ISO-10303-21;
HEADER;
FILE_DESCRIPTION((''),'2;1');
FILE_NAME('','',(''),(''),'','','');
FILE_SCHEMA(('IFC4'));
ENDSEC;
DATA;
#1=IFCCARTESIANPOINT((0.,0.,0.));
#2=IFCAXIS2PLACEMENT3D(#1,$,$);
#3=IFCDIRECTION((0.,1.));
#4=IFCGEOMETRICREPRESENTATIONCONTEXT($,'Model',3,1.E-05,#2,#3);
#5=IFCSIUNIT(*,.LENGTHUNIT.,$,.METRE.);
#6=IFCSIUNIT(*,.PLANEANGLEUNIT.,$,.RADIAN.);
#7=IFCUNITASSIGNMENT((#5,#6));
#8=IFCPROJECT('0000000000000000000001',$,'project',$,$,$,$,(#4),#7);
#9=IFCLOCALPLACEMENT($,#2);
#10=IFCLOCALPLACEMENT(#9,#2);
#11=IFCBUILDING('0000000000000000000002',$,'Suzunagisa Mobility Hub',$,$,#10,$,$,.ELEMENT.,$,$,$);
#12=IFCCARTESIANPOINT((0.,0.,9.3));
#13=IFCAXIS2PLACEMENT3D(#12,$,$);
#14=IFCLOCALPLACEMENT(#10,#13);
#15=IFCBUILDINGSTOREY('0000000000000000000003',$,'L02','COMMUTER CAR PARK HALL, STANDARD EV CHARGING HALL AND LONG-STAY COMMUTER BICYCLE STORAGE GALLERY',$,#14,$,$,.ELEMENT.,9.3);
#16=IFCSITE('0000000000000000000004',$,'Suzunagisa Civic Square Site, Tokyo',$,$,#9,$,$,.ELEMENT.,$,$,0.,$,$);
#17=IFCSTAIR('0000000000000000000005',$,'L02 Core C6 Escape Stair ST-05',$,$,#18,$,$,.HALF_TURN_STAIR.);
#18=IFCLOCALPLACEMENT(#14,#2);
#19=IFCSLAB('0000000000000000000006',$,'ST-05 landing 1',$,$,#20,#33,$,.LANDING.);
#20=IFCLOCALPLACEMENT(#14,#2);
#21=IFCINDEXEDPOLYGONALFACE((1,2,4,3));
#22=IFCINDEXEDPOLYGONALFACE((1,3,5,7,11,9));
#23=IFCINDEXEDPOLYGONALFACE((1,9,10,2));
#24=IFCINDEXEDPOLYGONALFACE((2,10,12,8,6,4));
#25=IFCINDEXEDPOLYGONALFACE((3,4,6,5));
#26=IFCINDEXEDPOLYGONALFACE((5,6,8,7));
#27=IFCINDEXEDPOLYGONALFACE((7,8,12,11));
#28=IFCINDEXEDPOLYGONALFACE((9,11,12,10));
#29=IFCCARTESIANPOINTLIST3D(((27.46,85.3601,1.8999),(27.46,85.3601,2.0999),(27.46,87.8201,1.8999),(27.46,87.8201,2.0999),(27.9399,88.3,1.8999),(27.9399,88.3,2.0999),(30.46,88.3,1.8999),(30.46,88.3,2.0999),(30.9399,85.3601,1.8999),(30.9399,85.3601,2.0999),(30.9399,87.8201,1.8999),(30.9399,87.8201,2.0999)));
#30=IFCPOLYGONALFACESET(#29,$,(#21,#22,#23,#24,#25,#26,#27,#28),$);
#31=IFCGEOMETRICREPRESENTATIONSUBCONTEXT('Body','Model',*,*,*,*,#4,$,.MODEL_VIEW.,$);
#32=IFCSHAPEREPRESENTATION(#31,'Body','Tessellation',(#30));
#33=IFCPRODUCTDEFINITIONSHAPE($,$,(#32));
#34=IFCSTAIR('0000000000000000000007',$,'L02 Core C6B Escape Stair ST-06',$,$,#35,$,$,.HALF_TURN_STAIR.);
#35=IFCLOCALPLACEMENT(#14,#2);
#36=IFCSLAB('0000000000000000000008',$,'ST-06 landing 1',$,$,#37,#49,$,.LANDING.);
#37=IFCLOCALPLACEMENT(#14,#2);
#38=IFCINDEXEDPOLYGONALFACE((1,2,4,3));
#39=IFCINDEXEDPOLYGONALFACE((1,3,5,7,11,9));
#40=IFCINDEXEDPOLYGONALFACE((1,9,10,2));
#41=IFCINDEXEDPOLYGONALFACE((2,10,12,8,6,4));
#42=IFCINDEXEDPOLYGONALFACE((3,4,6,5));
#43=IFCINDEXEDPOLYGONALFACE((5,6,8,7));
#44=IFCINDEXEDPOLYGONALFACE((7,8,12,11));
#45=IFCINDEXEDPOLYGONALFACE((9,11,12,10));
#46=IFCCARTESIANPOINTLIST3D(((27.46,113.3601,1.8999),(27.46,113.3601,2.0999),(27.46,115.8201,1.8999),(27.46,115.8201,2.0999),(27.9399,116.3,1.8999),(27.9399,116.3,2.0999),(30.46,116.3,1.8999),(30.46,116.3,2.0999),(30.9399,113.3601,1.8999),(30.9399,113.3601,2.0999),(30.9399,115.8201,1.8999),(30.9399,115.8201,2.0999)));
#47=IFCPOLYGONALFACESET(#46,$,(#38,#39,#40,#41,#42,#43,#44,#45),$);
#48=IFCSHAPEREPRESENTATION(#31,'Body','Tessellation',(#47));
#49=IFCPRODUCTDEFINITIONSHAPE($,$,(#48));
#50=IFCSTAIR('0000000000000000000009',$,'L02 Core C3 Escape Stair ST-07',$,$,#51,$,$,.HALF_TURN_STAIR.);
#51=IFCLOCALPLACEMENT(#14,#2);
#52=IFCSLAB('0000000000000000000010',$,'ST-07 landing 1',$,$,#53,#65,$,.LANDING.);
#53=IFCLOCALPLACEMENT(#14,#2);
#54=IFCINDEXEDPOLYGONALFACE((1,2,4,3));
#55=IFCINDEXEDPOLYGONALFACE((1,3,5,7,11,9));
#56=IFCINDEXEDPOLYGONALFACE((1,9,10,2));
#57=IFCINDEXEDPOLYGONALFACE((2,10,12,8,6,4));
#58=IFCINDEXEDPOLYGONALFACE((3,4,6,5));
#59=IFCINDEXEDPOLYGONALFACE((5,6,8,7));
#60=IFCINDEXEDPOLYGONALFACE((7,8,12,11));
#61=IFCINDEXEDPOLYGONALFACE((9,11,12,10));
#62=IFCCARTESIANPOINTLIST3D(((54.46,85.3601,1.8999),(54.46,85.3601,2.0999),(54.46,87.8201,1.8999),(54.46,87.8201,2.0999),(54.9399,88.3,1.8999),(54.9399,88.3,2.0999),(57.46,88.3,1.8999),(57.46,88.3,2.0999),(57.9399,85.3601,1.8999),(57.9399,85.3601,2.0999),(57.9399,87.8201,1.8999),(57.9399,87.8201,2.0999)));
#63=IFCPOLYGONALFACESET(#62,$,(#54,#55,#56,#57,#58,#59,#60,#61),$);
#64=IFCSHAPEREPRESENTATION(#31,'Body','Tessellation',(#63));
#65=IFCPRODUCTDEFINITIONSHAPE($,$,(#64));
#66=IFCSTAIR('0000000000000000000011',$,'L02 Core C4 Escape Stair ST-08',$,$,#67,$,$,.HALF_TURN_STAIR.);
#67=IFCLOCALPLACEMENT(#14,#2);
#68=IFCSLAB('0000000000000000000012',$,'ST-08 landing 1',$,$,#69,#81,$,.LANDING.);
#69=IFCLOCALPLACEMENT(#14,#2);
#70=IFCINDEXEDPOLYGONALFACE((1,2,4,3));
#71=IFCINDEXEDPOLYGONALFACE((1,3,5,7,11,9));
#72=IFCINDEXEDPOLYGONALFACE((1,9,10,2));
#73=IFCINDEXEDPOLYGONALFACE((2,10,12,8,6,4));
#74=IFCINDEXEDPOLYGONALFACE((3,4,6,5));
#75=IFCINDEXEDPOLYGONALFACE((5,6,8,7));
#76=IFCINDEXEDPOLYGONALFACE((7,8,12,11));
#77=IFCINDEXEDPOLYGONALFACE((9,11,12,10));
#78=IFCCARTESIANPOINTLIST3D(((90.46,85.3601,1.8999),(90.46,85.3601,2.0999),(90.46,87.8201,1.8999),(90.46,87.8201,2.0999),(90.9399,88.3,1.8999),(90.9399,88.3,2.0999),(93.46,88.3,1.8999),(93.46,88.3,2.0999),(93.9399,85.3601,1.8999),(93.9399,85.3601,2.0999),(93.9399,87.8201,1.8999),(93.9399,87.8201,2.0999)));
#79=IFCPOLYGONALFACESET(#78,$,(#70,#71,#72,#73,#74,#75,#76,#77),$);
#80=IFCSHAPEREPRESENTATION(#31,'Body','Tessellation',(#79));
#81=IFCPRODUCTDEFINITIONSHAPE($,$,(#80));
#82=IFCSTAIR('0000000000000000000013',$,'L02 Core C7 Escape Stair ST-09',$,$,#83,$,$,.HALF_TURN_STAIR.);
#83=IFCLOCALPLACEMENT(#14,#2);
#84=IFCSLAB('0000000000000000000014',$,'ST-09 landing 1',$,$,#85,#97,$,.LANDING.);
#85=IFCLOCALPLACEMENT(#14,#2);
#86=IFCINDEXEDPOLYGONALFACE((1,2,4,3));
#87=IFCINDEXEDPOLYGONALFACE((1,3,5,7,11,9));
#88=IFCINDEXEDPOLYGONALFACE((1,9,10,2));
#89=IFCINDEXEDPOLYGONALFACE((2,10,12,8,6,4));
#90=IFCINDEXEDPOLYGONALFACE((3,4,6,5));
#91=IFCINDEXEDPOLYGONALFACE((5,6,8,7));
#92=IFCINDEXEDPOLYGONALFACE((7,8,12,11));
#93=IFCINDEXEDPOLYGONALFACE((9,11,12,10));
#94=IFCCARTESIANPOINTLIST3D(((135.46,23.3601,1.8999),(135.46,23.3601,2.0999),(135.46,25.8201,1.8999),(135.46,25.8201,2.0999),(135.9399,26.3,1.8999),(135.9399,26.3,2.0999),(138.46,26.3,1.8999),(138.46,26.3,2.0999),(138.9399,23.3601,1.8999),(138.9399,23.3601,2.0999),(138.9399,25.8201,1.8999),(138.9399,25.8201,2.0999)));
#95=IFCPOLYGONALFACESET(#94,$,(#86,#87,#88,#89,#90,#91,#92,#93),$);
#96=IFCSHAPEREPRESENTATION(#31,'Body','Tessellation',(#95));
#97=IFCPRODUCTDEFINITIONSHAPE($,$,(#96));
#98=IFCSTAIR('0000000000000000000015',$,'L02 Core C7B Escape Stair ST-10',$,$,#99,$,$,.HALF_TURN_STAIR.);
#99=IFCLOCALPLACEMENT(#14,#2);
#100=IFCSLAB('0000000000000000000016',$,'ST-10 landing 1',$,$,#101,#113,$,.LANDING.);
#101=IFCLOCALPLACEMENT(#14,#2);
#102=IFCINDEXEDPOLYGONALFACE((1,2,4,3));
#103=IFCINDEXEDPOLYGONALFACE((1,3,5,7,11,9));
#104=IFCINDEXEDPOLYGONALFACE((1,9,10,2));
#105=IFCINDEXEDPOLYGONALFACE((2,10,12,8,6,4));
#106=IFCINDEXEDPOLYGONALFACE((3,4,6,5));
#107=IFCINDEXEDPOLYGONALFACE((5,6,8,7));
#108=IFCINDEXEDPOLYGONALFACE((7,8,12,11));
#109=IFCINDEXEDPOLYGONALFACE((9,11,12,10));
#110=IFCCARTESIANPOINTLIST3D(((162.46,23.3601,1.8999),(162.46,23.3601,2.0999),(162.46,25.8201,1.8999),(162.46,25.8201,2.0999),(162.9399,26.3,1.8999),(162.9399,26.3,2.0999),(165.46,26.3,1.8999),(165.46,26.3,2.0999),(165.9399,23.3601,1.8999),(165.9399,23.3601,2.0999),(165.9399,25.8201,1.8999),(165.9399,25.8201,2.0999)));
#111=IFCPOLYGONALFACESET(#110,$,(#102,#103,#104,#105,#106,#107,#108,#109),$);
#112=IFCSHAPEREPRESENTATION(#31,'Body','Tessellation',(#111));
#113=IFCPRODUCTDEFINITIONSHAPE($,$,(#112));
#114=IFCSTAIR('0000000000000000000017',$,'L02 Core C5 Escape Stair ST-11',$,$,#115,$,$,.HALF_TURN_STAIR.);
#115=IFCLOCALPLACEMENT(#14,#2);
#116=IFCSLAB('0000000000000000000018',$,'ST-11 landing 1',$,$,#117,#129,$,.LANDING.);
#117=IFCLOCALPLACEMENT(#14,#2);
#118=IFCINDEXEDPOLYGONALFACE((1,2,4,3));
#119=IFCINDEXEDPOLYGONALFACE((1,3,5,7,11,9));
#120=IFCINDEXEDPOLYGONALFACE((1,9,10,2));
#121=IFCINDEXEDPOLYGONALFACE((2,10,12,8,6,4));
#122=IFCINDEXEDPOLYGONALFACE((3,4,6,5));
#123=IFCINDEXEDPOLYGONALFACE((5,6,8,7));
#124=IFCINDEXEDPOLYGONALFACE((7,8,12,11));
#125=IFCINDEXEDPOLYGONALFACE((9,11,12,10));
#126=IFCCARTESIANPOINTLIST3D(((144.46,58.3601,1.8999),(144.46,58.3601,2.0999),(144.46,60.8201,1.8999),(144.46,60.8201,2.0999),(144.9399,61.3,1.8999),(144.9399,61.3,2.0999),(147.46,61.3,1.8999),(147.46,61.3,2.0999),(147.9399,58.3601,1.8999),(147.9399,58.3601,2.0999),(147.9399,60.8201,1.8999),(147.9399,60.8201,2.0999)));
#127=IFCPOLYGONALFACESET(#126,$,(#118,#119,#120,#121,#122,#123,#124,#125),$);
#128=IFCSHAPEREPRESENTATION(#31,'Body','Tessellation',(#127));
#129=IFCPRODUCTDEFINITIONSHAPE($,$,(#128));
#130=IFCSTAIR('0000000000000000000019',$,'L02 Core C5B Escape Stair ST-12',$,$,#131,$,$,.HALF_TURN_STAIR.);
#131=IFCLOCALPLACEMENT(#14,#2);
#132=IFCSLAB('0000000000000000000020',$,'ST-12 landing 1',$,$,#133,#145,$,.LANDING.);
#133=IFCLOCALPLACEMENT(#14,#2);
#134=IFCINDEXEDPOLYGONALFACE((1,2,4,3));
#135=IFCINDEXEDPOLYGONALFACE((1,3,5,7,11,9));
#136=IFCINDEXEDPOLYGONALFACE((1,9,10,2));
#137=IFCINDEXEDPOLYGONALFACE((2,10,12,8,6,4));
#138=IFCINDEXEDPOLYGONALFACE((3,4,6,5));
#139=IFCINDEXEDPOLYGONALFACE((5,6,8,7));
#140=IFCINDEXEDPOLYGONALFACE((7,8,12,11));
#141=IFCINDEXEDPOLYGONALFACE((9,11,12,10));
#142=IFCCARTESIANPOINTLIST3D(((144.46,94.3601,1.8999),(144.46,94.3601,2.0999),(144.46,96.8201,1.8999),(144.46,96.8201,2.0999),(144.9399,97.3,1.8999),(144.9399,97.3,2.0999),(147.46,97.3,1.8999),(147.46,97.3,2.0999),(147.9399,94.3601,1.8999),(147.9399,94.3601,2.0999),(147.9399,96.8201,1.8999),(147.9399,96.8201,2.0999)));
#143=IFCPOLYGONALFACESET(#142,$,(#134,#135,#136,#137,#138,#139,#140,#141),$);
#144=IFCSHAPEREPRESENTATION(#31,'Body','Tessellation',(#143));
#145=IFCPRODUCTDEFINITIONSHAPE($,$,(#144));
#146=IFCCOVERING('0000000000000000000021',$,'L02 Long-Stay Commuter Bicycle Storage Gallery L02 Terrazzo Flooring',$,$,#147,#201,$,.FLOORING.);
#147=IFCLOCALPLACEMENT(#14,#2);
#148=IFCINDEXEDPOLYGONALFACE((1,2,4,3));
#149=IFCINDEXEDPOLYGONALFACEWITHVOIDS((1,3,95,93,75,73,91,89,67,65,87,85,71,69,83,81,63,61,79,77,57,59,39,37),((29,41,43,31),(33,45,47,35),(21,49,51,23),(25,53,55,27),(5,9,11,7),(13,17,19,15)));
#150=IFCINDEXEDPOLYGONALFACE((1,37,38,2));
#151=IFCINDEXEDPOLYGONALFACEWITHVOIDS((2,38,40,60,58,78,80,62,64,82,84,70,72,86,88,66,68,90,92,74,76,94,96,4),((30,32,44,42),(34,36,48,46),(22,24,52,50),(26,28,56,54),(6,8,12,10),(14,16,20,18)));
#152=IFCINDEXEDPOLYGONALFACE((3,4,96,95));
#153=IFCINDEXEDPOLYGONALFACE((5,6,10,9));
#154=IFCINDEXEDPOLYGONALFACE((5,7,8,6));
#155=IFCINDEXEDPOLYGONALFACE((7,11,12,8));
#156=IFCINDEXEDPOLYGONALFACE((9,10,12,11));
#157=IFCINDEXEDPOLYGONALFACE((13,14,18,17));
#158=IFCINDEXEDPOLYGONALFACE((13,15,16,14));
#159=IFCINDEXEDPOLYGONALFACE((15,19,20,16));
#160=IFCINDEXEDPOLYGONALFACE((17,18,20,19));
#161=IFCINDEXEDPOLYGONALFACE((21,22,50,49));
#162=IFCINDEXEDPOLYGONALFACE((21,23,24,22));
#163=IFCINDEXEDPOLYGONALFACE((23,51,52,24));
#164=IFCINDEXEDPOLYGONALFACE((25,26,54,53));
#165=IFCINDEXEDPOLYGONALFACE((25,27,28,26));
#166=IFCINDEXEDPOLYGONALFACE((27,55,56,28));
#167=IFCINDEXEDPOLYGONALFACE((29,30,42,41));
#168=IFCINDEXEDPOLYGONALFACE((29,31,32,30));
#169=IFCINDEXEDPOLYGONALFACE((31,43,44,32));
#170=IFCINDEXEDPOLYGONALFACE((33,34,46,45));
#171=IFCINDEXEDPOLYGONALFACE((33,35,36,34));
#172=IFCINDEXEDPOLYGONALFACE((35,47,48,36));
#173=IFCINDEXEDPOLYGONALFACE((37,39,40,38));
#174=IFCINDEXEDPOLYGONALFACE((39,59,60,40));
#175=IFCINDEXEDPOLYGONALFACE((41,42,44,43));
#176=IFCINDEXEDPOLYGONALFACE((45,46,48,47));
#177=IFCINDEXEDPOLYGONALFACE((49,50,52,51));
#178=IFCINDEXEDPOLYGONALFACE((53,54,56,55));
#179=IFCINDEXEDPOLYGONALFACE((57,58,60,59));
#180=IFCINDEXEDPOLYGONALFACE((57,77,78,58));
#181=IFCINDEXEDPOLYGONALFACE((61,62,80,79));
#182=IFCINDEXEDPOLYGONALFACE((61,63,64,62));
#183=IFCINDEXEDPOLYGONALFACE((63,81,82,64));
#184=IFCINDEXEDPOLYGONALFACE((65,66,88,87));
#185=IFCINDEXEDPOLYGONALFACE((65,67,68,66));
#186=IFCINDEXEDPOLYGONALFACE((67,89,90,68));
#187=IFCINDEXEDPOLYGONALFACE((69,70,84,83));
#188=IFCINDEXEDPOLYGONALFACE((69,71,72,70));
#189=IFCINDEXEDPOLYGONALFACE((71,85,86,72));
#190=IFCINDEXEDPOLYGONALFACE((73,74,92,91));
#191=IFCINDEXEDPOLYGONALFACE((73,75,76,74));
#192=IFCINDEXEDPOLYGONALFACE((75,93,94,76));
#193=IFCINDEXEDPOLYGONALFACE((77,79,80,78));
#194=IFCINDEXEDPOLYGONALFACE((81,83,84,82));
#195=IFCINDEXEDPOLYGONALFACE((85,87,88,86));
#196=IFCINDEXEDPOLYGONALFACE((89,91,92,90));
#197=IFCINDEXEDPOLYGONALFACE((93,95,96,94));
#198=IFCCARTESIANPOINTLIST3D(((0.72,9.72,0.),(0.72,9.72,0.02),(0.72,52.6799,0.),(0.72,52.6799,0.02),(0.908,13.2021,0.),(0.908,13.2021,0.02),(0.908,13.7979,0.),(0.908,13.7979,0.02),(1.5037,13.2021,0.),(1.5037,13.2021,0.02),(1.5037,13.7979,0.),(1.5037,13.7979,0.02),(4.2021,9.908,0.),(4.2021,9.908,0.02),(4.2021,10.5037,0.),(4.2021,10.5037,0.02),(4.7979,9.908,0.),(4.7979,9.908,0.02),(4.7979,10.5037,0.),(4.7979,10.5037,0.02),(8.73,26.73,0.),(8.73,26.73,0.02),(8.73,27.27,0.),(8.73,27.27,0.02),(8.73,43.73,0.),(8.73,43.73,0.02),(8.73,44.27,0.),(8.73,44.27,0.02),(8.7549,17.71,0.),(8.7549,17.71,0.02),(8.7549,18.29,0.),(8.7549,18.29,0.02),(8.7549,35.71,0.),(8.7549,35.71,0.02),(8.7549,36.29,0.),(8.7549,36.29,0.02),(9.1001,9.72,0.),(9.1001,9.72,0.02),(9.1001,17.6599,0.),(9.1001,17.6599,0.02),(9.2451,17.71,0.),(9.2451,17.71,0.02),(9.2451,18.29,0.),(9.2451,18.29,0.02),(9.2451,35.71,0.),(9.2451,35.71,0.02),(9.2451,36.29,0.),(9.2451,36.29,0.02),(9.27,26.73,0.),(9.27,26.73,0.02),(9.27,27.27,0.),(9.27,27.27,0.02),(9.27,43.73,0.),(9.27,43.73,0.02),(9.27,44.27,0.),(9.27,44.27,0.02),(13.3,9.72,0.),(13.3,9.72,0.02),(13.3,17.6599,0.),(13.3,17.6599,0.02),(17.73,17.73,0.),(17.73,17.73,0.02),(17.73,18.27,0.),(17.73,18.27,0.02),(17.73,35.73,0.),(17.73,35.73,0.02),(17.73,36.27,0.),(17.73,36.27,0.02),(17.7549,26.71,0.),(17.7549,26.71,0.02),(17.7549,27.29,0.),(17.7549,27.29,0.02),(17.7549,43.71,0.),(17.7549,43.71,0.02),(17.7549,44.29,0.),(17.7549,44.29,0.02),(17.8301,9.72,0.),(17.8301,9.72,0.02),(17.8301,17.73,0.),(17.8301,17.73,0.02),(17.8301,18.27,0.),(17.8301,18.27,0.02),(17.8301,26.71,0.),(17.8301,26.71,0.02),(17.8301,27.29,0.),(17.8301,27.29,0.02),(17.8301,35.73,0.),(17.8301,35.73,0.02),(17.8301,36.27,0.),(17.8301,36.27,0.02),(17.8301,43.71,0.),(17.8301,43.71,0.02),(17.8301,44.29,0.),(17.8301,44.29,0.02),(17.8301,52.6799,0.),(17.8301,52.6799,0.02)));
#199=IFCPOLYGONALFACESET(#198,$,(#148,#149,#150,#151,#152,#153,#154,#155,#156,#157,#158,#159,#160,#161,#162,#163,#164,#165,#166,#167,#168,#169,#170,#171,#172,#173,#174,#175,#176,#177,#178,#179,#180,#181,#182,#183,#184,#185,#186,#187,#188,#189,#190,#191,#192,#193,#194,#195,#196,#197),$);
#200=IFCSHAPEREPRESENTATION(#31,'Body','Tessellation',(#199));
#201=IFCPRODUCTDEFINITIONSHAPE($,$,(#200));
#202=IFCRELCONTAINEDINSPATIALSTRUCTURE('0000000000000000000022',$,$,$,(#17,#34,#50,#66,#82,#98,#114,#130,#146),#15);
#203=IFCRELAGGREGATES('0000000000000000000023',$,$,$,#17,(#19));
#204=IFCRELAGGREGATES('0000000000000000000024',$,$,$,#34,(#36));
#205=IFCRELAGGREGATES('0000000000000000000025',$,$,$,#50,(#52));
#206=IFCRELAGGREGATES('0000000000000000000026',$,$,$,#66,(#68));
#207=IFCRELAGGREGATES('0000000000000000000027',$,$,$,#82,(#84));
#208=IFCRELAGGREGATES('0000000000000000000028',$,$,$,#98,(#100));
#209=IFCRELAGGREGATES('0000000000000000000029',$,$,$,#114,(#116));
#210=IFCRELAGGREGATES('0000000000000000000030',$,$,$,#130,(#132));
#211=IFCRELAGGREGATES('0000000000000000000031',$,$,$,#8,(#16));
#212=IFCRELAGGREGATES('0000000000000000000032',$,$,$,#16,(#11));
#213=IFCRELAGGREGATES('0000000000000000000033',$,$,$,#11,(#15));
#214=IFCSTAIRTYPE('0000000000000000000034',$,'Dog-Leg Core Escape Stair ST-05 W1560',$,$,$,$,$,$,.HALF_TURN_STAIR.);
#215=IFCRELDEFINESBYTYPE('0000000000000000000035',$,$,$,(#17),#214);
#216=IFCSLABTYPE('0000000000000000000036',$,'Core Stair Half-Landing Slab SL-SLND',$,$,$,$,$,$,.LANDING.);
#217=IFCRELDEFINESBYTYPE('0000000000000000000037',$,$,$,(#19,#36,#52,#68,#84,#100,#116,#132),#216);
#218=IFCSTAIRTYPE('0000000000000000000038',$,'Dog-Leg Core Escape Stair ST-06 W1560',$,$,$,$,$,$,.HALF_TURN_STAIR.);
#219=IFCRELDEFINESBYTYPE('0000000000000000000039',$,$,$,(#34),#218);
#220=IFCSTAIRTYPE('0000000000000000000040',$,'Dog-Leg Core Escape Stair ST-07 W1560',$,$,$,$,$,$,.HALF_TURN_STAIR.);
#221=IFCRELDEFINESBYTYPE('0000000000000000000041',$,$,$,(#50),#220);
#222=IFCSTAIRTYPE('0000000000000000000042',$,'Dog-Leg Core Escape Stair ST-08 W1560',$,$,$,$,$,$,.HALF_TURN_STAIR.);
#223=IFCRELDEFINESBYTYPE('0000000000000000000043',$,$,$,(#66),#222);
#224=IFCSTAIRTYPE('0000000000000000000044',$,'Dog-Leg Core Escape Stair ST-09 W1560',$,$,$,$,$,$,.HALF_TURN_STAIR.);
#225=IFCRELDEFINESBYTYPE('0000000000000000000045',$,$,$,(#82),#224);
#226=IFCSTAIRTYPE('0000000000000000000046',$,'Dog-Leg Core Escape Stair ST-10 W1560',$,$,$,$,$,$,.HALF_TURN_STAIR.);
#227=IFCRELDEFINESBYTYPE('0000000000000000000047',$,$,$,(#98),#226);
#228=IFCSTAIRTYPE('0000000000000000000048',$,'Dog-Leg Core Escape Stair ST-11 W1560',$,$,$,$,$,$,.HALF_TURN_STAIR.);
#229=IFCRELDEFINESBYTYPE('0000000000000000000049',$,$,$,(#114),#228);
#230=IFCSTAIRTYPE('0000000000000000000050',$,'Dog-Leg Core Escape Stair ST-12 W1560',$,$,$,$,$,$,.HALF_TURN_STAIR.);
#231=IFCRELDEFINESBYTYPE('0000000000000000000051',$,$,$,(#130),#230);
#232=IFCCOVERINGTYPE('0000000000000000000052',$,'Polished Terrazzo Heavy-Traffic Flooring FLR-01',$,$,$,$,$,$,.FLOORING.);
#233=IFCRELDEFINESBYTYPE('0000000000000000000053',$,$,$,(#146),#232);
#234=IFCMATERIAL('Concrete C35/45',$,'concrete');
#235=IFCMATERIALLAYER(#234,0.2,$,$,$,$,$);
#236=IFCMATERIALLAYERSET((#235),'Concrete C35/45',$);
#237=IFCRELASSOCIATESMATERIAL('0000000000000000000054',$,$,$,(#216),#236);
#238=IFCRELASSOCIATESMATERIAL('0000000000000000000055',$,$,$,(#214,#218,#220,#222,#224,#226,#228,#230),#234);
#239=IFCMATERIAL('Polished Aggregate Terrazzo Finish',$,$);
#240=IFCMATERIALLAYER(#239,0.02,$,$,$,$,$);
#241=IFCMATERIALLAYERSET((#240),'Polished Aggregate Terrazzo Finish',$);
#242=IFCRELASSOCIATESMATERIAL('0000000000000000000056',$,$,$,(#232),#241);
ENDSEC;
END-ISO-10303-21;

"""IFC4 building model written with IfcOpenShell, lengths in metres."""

from ifc_helpers import new_model, si_unit, direction, frame, origin, place, context, subcontext, project, spatial, polyline, outline, extrude, material, layer, layer_set, type_object, element, aggregate, save


model = new_model("IFC4")

# Units and contexts
model_context = context("Model", 3, precision=1e-05, world=origin(), true_north=direction((0.0, 1.0)))
body_context = subcontext(model_context, "Body", "Model", "MODEL_VIEW")
ifc_project = project(units=[si_unit("LENGTHUNIT", "METRE"), si_unit("PLANEANGLEUNIT", "RADIAN")], contexts=[model_context])

# Site, building, storey
site_placement = place(None, origin())
site = spatial("IfcSite", under=ifc_project, at=site_placement, Name="Suzunagisa Civic Square Site, Tokyo", CompositionType="ELEMENT", RefElevation=0.0)
building_placement = place(site_placement, origin())
building = spatial("IfcBuilding", under=site, at=building_placement, Name="Suzunagisa Mobility Hub", CompositionType="ELEMENT")
storey_placement = place(building_placement, frame((0.0, 0.0, 9.3)))
storey = spatial("IfcBuildingStorey", under=building, at=storey_placement, Name="L02", Description="COMMUTER CAR PARK HALL, STANDARD EV CHARGING HALL AND LONG-STAY COMMUTER BICYCLE STORAGE GALLERY", CompositionType="ELEMENT", Elevation=9.3)

# Shared definitions
ifc_material_1 = material(Name="Concrete C35/45", Category="concrete")

# Stairs, slabs
ifc_layer_1 = layer(ifc_material_1, 0.2)
ifc_layer_set_1 = layer_set([ifc_layer_1], Name="Concrete C35/45")
slab_type_1 = type_object("IfcSlabType", Name="Core Stair Half-Landing Slab SL-SLND", PredefinedType="LANDING", material=ifc_layer_set_1)
stair_type_1 = type_object("IfcStairType", Name="Dog-Leg Core Escape Stair ST-05 W1560", PredefinedType="HALF_TURN_STAIR", material=ifc_material_1)
stair_1_placement = place(storey_placement, origin())
stair_1 = element("IfcStair", 1, at=stair_1_placement, inside=storey, type_object=stair_type_1, Name="L02 Core C6 Escape Stair ST-05", PredefinedType="HALF_TURN_STAIR")
slab_1_placement = place(storey_placement, frame((0.0, 0.0, 1.8999)))
slab_1 = element("IfcSlab", 2, at=slab_1_placement, type_object=slab_type_1, Name="ST-05 landing 1", PredefinedType="LANDING", context=body_context, shape_type="SweptSolid", body=[
    extrude(outline(polyline([(27.46, 85.3601), (30.9399, 85.3601), (30.9399, 87.8201), (30.46, 88.3), (27.9399, 88.3), (27.46, 87.8201), (27.46, 85.3601)])), origin(), (0.0, 0.0, 1.0), 0.2),
])
aggregate(stair_1, [slab_1])
stair_type_2 = type_object("IfcStairType", Name="Dog-Leg Core Escape Stair ST-06 W1560", PredefinedType="HALF_TURN_STAIR", material=ifc_material_1)
stair_2_placement = place(storey_placement, origin())
stair_2 = element("IfcStair", 3, at=stair_2_placement, inside=storey, type_object=stair_type_2, Name="L02 Core C6B Escape Stair ST-06", PredefinedType="HALF_TURN_STAIR")
slab_2_placement = place(storey_placement, frame((0.0, 0.0, 1.8999)))
slab_2 = element("IfcSlab", 4, at=slab_2_placement, type_object=slab_type_1, Name="ST-06 landing 1", PredefinedType="LANDING", context=body_context, shape_type="SweptSolid", body=[
    extrude(outline(polyline([(27.46, 113.3601), (30.9399, 113.3601), (30.9399, 115.8201), (30.46, 116.3), (27.9399, 116.3), (27.46, 115.8201), (27.46, 113.3601)])), origin(), (0.0, 0.0, 1.0), 0.2),
])
aggregate(stair_2, [slab_2])
stair_type_3 = type_object("IfcStairType", Name="Dog-Leg Core Escape Stair ST-07 W1560", PredefinedType="HALF_TURN_STAIR", material=ifc_material_1)
stair_3_placement = place(storey_placement, origin())
stair_3 = element("IfcStair", 5, at=stair_3_placement, inside=storey, type_object=stair_type_3, Name="L02 Core C3 Escape Stair ST-07", PredefinedType="HALF_TURN_STAIR")
slab_3_placement = place(storey_placement, frame((0.0, 0.0, 1.8999)))
slab_3 = element("IfcSlab", 6, at=slab_3_placement, type_object=slab_type_1, Name="ST-07 landing 1", PredefinedType="LANDING", context=body_context, shape_type="SweptSolid", body=[
    extrude(outline(polyline([(54.46, 85.3601), (57.9399, 85.3601), (57.9399, 87.8201), (57.46, 88.3), (54.9399, 88.3), (54.46, 87.8201), (54.46, 85.3601)])), origin(), (0.0, 0.0, 1.0), 0.2),
])
aggregate(stair_3, [slab_3])
stair_type_4 = type_object("IfcStairType", Name="Dog-Leg Core Escape Stair ST-08 W1560", PredefinedType="HALF_TURN_STAIR", material=ifc_material_1)
stair_4_placement = place(storey_placement, origin())
stair_4 = element("IfcStair", 7, at=stair_4_placement, inside=storey, type_object=stair_type_4, Name="L02 Core C4 Escape Stair ST-08", PredefinedType="HALF_TURN_STAIR")
slab_4_placement = place(storey_placement, frame((0.0, 0.0, 1.8999)))
slab_4 = element("IfcSlab", 8, at=slab_4_placement, type_object=slab_type_1, Name="ST-08 landing 1", PredefinedType="LANDING", context=body_context, shape_type="SweptSolid", body=[
    extrude(outline(polyline([(90.46, 85.3601), (93.9399, 85.3601), (93.9399, 87.8201), (93.46, 88.3), (90.9399, 88.3), (90.46, 87.8201), (90.46, 85.3601)])), origin(), (0.0, 0.0, 1.0), 0.2),
])
aggregate(stair_4, [slab_4])
stair_type_5 = type_object("IfcStairType", Name="Dog-Leg Core Escape Stair ST-09 W1560", PredefinedType="HALF_TURN_STAIR", material=ifc_material_1)
stair_5_placement = place(storey_placement, origin())
stair_5 = element("IfcStair", 9, at=stair_5_placement, inside=storey, type_object=stair_type_5, Name="L02 Core C7 Escape Stair ST-09", PredefinedType="HALF_TURN_STAIR")
slab_5_placement = place(storey_placement, frame((0.0, 0.0, 1.8999)))
slab_5 = element("IfcSlab", 10, at=slab_5_placement, type_object=slab_type_1, Name="ST-09 landing 1", PredefinedType="LANDING", context=body_context, shape_type="SweptSolid", body=[
    extrude(outline(polyline([(135.46, 23.3601), (138.9399, 23.3601), (138.9399, 25.8201), (138.46, 26.3), (135.9399, 26.3), (135.46, 25.8201), (135.46, 23.3601)])), origin(), (0.0, 0.0, 1.0), 0.2),
])
aggregate(stair_5, [slab_5])
stair_type_6 = type_object("IfcStairType", Name="Dog-Leg Core Escape Stair ST-10 W1560", PredefinedType="HALF_TURN_STAIR", material=ifc_material_1)
stair_6_placement = place(storey_placement, origin())
stair_6 = element("IfcStair", 11, at=stair_6_placement, inside=storey, type_object=stair_type_6, Name="L02 Core C7B Escape Stair ST-10", PredefinedType="HALF_TURN_STAIR")
slab_6_placement = place(storey_placement, frame((0.0, 0.0, 1.8999)))
slab_6 = element("IfcSlab", 12, at=slab_6_placement, type_object=slab_type_1, Name="ST-10 landing 1", PredefinedType="LANDING", context=body_context, shape_type="SweptSolid", body=[
    extrude(outline(polyline([(162.46, 23.3601), (165.9399, 23.3601), (165.9399, 25.8201), (165.46, 26.3), (162.9399, 26.3), (162.46, 25.8201), (162.46, 23.3601)])), origin(), (0.0, 0.0, 1.0), 0.2),
])
aggregate(stair_6, [slab_6])
stair_type_7 = type_object("IfcStairType", Name="Dog-Leg Core Escape Stair ST-11 W1560", PredefinedType="HALF_TURN_STAIR", material=ifc_material_1)
stair_7_placement = place(storey_placement, origin())
stair_7 = element("IfcStair", 13, at=stair_7_placement, inside=storey, type_object=stair_type_7, Name="L02 Core C5 Escape Stair ST-11", PredefinedType="HALF_TURN_STAIR")
slab_7_placement = place(storey_placement, frame((0.0, 0.0, 1.8999)))
slab_7 = element("IfcSlab", 14, at=slab_7_placement, type_object=slab_type_1, Name="ST-11 landing 1", PredefinedType="LANDING", context=body_context, shape_type="SweptSolid", body=[
    extrude(outline(polyline([(144.46, 58.3601), (147.9399, 58.3601), (147.9399, 60.8201), (147.46, 61.3), (144.9399, 61.3), (144.46, 60.8201), (144.46, 58.3601)])), origin(), (0.0, 0.0, 1.0), 0.2),
])
aggregate(stair_7, [slab_7])
stair_type_8 = type_object("IfcStairType", Name="Dog-Leg Core Escape Stair ST-12 W1560", PredefinedType="HALF_TURN_STAIR", material=ifc_material_1)
stair_8_placement = place(storey_placement, origin())
stair_8 = element("IfcStair", 15, at=stair_8_placement, inside=storey, type_object=stair_type_8, Name="L02 Core C5B Escape Stair ST-12", PredefinedType="HALF_TURN_STAIR")
slab_8_placement = place(storey_placement, frame((0.0, 0.0, 1.8999)))
slab_8 = element("IfcSlab", 16, at=slab_8_placement, type_object=slab_type_1, Name="ST-12 landing 1", PredefinedType="LANDING", context=body_context, shape_type="SweptSolid", body=[
    extrude(outline(polyline([(144.46, 94.3601), (147.9399, 94.3601), (147.9399, 96.8201), (147.46, 97.3), (144.9399, 97.3), (144.46, 96.8201), (144.46, 94.3601)])), origin(), (0.0, 0.0, 1.0), 0.2),
])
aggregate(stair_8, [slab_8])

# Covering
ifc_material_2 = material(Name="Polished Aggregate Terrazzo Finish")
ifc_layer_2 = layer(ifc_material_2, 0.02)
ifc_layer_set_2 = layer_set([ifc_layer_2], Name="Polished Aggregate Terrazzo Finish")
covering_type_1 = type_object("IfcCoveringType", Name="Polished Terrazzo Heavy-Traffic Flooring FLR-01", PredefinedType="FLOORING", material=ifc_layer_set_2)
covering_1_placement = place(storey_placement, origin())
element("IfcCovering", 17, at=covering_1_placement, inside=storey, type_object=covering_type_1, Name="L02 Long-Stay Commuter Bicycle Storage Gallery L02 Terrazzo Flooring", PredefinedType="FLOORING", context=body_context, shape_type="SweptSolid", body=[
    extrude(outline(polyline([(0.72, 9.72), (0.72, 52.6799), (17.8301, 52.6799), (17.8301, 44.29), (17.7549, 44.29), (17.7549, 43.71), (17.8301, 43.71), (17.8301, 36.27), (17.73, 36.27), (17.73, 35.73), (17.8301, 35.73), (17.8301, 27.29), (17.7549, 27.29), (17.7549, 26.71), (17.8301, 26.71), (17.8301, 18.27), (17.73, 18.27), (17.73, 17.73), (17.8301, 17.73), (17.8301, 9.72), (13.3, 9.72), (13.3, 17.6599), (9.1001, 17.6599), (9.1001, 9.72), (0.72, 9.72)]), holes=[polyline([(0.908, 13.2021), (1.5037, 13.2021), (1.5037, 13.7979), (0.908, 13.7979), (0.908, 13.2021)]), polyline([(4.2021, 10.5037), (4.2021, 9.908), (4.7979, 9.908), (4.7979, 10.5037), (4.2021, 10.5037)]), polyline([(9.2451, 18.29), (8.7549, 18.29), (8.7549, 17.71), (9.2451, 17.71), (9.2451, 18.29)]), polyline([(9.27, 26.73), (9.27, 27.27), (8.73, 27.27), (8.73, 26.73), (9.27, 26.73)]), polyline([(8.7549, 35.71), (9.2451, 35.71), (9.2451, 36.29), (8.7549, 36.29), (8.7549, 35.71)]), polyline([(8.73, 44.27), (8.73, 43.73), (9.27, 43.73), (9.27, 44.27), (8.73, 44.27)])]), origin(), (0.0, 0.0, 1.0), 0.02),
])

save(model, "model.ifc")
